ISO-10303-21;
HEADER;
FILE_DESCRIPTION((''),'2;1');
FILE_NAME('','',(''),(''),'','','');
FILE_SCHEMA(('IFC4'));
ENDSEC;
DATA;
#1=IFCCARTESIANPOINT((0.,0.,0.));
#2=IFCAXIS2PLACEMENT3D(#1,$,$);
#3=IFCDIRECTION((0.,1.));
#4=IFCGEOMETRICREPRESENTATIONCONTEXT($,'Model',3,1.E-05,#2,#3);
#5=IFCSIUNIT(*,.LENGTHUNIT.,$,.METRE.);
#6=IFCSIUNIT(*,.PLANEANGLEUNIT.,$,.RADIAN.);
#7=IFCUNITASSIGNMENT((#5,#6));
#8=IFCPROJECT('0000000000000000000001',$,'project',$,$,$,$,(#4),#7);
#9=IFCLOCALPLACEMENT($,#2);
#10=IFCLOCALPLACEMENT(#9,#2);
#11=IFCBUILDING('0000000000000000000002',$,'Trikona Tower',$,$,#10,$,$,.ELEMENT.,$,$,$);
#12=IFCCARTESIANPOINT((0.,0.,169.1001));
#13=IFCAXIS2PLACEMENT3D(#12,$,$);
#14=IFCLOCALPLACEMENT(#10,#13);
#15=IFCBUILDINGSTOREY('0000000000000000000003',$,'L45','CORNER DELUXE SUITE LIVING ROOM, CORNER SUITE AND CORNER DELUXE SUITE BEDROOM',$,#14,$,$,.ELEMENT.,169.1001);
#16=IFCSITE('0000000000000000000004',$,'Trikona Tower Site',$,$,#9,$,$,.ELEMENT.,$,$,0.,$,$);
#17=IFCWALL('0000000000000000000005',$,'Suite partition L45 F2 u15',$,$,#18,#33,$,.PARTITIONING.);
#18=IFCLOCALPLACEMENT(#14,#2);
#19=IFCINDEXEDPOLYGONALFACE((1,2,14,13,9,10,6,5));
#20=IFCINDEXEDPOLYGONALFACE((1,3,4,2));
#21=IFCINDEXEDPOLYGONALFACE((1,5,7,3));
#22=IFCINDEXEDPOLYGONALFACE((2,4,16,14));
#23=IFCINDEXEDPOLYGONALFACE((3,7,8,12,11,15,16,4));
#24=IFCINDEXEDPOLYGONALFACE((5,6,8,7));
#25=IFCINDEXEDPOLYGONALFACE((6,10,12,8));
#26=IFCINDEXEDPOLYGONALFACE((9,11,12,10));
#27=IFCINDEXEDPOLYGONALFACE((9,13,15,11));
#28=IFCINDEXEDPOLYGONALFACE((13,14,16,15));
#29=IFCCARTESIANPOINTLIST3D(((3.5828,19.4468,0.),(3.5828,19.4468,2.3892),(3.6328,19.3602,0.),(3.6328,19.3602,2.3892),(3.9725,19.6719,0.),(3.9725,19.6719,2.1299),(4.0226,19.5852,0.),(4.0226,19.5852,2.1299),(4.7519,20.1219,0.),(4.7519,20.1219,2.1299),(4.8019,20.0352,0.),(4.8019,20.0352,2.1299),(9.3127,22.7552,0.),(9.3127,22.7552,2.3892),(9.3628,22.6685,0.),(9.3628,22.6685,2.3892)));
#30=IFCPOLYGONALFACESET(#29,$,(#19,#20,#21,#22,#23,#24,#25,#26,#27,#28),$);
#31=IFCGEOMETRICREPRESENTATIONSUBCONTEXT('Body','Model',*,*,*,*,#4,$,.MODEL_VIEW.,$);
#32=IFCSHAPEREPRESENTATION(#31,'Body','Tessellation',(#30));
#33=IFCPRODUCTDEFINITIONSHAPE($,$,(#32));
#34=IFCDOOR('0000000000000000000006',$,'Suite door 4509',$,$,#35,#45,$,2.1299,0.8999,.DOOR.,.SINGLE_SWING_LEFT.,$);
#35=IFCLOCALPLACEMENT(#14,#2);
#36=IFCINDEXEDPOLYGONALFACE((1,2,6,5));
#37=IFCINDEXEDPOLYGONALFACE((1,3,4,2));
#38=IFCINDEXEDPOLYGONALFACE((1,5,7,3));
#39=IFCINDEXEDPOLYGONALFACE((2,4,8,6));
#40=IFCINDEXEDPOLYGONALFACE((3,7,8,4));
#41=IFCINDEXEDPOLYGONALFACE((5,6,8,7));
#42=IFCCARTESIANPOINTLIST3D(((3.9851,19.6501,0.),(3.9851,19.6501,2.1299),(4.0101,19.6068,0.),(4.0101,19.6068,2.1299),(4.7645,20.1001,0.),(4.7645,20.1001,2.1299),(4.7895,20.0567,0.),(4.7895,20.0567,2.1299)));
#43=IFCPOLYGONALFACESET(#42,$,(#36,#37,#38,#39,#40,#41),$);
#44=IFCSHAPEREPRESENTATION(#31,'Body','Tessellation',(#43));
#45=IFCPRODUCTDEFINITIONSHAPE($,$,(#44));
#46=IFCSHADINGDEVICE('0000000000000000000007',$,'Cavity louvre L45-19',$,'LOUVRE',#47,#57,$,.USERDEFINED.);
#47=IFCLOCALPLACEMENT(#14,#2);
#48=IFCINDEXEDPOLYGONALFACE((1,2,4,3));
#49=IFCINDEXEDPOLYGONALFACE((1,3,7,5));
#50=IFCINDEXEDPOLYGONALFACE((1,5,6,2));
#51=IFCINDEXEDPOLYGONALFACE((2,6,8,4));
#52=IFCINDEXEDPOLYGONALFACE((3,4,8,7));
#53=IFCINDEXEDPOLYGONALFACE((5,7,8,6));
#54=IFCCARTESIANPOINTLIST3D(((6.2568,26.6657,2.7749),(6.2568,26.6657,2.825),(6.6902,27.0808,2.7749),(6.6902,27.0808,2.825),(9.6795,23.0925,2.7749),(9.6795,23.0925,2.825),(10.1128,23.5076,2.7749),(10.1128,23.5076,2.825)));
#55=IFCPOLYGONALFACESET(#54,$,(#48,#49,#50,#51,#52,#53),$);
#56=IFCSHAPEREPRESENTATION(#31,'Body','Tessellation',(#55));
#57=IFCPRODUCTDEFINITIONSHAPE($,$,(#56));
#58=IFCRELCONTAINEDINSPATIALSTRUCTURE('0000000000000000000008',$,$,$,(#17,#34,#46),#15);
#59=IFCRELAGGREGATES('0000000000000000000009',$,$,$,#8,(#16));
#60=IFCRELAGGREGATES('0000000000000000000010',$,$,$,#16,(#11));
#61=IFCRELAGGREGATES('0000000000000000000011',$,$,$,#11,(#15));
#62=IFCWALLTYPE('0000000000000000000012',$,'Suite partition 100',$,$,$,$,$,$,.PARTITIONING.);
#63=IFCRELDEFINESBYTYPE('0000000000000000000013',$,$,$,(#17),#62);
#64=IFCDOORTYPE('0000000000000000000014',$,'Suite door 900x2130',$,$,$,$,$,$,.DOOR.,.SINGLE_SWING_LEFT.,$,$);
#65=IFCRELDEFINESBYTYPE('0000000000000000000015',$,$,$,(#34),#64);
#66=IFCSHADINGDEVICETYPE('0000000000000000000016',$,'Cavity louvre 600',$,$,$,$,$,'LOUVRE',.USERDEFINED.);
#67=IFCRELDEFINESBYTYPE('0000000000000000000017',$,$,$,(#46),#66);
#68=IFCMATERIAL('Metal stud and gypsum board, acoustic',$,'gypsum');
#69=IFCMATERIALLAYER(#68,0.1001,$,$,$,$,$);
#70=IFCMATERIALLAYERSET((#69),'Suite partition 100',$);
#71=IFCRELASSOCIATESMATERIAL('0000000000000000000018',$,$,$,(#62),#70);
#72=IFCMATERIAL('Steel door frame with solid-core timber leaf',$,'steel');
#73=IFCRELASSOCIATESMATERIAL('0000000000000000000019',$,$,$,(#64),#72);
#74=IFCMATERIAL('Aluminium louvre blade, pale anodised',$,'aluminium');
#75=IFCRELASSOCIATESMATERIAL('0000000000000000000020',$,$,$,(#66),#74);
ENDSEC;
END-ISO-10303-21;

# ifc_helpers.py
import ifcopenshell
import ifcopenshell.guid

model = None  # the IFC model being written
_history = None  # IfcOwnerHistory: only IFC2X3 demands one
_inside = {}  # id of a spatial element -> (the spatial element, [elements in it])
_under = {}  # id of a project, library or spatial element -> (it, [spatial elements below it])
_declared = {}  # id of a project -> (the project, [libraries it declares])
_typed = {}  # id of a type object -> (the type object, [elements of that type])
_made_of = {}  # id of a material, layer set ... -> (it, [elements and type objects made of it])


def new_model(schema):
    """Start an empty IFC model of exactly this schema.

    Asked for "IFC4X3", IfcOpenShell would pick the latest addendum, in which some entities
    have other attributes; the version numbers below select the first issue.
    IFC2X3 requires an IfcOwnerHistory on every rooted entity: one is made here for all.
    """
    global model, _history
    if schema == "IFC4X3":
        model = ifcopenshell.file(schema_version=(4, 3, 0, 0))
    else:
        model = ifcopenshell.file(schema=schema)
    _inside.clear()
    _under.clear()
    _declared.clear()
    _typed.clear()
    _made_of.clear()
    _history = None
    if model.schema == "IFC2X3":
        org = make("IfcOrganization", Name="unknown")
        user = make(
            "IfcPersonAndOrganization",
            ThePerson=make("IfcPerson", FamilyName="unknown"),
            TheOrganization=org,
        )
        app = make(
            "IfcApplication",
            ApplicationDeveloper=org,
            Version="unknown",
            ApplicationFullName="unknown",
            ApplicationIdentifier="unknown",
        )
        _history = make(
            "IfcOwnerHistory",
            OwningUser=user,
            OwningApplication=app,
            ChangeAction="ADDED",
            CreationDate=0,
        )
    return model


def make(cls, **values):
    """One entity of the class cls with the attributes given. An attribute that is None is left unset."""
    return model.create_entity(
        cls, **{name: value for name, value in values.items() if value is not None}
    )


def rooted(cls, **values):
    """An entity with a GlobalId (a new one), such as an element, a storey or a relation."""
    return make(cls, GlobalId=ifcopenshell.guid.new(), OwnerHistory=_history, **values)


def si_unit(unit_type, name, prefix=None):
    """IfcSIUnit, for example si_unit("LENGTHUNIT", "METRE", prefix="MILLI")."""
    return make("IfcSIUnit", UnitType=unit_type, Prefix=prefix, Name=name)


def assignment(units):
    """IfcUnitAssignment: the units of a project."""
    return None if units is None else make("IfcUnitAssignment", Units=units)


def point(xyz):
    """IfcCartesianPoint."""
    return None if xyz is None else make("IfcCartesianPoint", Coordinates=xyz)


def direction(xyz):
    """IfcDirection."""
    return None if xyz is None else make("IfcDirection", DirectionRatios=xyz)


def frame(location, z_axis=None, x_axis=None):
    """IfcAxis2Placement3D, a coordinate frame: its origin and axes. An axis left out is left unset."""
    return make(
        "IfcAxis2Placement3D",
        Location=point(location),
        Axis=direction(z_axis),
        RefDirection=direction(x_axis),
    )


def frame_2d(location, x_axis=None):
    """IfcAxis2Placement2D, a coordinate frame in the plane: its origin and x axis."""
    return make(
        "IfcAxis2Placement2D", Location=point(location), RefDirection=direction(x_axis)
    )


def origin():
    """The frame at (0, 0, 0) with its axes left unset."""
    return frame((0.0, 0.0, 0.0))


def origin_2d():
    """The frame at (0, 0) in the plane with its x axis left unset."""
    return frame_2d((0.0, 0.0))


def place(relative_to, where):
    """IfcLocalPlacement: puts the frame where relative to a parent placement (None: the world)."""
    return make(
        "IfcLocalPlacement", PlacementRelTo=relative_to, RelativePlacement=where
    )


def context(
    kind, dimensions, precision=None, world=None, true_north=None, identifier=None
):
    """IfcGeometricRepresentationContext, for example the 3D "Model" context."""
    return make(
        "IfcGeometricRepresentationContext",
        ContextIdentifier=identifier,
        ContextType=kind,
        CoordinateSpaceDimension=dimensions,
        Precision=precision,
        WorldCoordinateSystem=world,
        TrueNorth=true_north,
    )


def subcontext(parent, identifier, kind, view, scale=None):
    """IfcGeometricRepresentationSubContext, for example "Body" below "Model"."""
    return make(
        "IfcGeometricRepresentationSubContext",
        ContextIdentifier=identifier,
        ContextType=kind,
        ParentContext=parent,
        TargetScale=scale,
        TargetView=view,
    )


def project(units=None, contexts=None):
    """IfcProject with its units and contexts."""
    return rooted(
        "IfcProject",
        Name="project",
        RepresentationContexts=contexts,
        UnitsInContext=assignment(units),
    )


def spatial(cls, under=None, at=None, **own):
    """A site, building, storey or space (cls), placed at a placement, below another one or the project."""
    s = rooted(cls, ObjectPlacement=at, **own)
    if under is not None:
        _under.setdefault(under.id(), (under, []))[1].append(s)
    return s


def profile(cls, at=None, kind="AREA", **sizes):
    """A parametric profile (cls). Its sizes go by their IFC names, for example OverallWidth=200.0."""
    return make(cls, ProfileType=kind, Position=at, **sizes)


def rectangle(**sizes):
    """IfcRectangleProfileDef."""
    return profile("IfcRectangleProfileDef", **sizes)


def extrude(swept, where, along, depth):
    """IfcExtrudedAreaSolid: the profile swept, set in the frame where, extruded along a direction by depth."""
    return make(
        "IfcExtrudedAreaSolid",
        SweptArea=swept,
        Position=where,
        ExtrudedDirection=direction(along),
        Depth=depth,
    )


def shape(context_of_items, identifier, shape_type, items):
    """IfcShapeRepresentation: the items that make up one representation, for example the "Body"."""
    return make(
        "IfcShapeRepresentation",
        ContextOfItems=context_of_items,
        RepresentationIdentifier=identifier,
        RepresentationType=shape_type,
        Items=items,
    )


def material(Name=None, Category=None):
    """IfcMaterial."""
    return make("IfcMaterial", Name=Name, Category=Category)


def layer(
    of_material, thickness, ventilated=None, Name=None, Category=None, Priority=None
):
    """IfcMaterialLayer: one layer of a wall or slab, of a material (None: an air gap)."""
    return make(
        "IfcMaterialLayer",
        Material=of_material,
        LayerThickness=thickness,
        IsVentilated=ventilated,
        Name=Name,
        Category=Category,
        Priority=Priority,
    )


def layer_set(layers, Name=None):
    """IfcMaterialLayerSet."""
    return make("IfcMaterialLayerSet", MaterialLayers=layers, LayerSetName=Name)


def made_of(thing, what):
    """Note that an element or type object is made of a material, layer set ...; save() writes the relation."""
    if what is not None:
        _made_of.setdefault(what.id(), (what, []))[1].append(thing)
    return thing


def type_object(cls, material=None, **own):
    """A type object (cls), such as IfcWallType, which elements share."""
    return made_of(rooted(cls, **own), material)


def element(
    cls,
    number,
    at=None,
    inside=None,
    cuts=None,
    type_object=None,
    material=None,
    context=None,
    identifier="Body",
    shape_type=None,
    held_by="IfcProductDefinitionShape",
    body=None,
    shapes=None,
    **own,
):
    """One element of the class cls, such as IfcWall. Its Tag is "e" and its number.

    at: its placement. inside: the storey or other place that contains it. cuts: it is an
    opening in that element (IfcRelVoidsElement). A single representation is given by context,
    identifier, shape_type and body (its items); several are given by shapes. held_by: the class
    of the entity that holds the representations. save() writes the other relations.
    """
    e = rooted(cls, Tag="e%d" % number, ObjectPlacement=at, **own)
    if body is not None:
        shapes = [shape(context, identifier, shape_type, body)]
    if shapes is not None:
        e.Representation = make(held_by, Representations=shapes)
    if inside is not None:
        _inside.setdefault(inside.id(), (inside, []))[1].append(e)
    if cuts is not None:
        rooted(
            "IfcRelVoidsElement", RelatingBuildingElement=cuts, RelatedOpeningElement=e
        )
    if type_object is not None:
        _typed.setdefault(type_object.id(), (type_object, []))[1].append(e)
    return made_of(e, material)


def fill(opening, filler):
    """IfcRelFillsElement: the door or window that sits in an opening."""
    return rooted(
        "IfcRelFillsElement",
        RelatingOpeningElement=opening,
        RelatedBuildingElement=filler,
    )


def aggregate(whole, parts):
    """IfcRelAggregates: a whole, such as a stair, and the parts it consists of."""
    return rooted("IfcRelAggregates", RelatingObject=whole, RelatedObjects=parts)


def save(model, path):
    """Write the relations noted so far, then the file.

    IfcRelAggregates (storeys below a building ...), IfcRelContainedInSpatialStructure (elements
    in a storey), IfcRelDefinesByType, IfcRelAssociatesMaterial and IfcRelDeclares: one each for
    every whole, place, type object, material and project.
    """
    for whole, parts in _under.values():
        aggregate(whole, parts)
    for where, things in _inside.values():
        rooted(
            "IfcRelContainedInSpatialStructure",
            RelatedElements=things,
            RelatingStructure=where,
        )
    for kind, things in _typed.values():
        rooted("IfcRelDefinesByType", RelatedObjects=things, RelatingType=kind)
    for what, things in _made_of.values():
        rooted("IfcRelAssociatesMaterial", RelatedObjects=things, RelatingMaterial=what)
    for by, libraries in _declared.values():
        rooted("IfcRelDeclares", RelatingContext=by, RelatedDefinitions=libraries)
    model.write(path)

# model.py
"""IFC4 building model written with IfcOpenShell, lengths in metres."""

from ifc_helpers import new_model, si_unit, direction, frame, frame_2d, origin, origin_2d, place, context, subcontext, project, spatial, rectangle, extrude, material, layer, layer_set, type_object, element, fill, save


model = new_model("IFC4")

# Units and contexts
model_context = context("Model", 3, precision=1e-05, world=origin(), true_north=direction((0.0, 1.0)))
body_context = subcontext(model_context, "Body", "Model", "MODEL_VIEW")
ifc_project = project(units=[si_unit("LENGTHUNIT", "METRE"), si_unit("PLANEANGLEUNIT", "RADIAN")], contexts=[model_context])

# Site, building, storey
site_placement = place(None, origin())
site = spatial("IfcSite", under=ifc_project, at=site_placement, Name="Trikona Tower Site", CompositionType="ELEMENT", RefElevation=0.0)
building_placement = place(site_placement, origin())
building = spatial("IfcBuilding", under=site, at=building_placement, Name="Trikona Tower", CompositionType="ELEMENT")
storey_placement = place(building_placement, frame((0.0, 0.0, 169.1001)))
storey = spatial("IfcBuildingStorey", under=building, at=storey_placement, Name="L45", Description="CORNER DELUXE SUITE LIVING ROOM, CORNER SUITE AND CORNER DELUXE SUITE BEDROOM", CompositionType="ELEMENT", Elevation=169.1001)

# Wall, opening, door
ifc_material_1 = material(Name="Metal stud and gypsum board, acoustic", Category="gypsum")
ifc_layer_1 = layer(ifc_material_1, 0.1001)
ifc_layer_set_1 = layer_set([ifc_layer_1], Name="Suite partition 100")
wall_type_1 = type_object("IfcWallType", Name="Suite partition 100", PredefinedType="PARTITIONING", material=ifc_layer_set_1)
wall_1_placement = place(storey_placement, frame((3.6079, 19.4036, 0.0), z_axis=(0.0, 0.0, 1.0), x_axis=(0.866016, 0.500016, 0.0)))
wall_1 = element("IfcWall", 1, at=wall_1_placement, inside=storey, type_object=wall_type_1, Name="Suite partition L45 F2 u15", PredefinedType="PARTITIONING", context=body_context, shape_type="SweptSolid", body=[
    extrude(rectangle(XDim=6.6165, YDim=0.1001, at=frame_2d((3.3081, 0.0))), origin(), (0.0, 0.0, 1.0), 2.3892),
])
opening_1_placement = place(wall_1_placement, frame((0.45, 0.0, 0.0)))
opening_1 = element("IfcOpeningElement", 2, at=opening_1_placement, cuts=wall_1, PredefinedType="OPENING", context=body_context, shape_type="SweptSolid", body=[
    extrude(rectangle(XDim=0.8999, YDim=2.1299, at=frame_2d((0.45, 1.0649))), frame((0.0, 0.0601, 0.0), z_axis=(0.0, -1.0, 0.0), x_axis=(1.0, 0.0, 0.0)), (0.0, 0.0, 1.0), 0.1201),
])
ifc_material_2 = material(Name="Steel door frame with solid-core timber leaf", Category="steel")
door_type_1 = type_object("IfcDoorType", Name="Suite door 900x2130", OperationType="SINGLE_SWING_LEFT", PredefinedType="DOOR", material=ifc_material_2)
door_1_placement = place(opening_1_placement, origin())
door_1 = element("IfcDoor", 3, at=door_1_placement, inside=storey, type_object=door_type_1, Name="Suite door 4509", OperationType="SINGLE_SWING_LEFT", OverallHeight=2.1299, OverallWidth=0.8999, PredefinedType="DOOR", context=body_context, shape_type="SweptSolid", body=[
    extrude(rectangle(XDim=0.8999, YDim=2.1299, at=frame_2d((0.45, 1.0649))), frame((0.0, 0.0249, 0.0), z_axis=(0.0, -1.0, 0.0), x_axis=(1.0, 0.0, 0.0)), (0.0, 0.0, 1.0), 0.05),
])
fill(opening_1, door_1)

# Shading device
ifc_material_3 = material(Name="Aluminium louvre blade, pale anodised", Category="aluminium")
shading_device_type = type_object("IfcShadingDeviceType", Name="Cavity louvre 600", ElementType="LOUVRE", PredefinedType="USERDEFINED", material=ifc_material_3)
shading_device_placement = place(storey_placement, frame((8.1848, 25.0867, 2.7749), z_axis=(0.0, 0.0, 1.0), x_axis=(-0.691724, 0.722162, 0.0)))
element("IfcShadingDevice", 4, at=shading_device_placement, inside=storey, type_object=shading_device_type, Name="Cavity louvre L45-19", ObjectType="LOUVRE", PredefinedType="USERDEFINED", context=body_context, shape_type="SweptSolid", body=[
    extrude(rectangle(XDim=4.948, YDim=0.6001, at=origin_2d()), origin(), (0.0, 0.0, 1.0), 0.05),
])

save(model, "model.ifc")
